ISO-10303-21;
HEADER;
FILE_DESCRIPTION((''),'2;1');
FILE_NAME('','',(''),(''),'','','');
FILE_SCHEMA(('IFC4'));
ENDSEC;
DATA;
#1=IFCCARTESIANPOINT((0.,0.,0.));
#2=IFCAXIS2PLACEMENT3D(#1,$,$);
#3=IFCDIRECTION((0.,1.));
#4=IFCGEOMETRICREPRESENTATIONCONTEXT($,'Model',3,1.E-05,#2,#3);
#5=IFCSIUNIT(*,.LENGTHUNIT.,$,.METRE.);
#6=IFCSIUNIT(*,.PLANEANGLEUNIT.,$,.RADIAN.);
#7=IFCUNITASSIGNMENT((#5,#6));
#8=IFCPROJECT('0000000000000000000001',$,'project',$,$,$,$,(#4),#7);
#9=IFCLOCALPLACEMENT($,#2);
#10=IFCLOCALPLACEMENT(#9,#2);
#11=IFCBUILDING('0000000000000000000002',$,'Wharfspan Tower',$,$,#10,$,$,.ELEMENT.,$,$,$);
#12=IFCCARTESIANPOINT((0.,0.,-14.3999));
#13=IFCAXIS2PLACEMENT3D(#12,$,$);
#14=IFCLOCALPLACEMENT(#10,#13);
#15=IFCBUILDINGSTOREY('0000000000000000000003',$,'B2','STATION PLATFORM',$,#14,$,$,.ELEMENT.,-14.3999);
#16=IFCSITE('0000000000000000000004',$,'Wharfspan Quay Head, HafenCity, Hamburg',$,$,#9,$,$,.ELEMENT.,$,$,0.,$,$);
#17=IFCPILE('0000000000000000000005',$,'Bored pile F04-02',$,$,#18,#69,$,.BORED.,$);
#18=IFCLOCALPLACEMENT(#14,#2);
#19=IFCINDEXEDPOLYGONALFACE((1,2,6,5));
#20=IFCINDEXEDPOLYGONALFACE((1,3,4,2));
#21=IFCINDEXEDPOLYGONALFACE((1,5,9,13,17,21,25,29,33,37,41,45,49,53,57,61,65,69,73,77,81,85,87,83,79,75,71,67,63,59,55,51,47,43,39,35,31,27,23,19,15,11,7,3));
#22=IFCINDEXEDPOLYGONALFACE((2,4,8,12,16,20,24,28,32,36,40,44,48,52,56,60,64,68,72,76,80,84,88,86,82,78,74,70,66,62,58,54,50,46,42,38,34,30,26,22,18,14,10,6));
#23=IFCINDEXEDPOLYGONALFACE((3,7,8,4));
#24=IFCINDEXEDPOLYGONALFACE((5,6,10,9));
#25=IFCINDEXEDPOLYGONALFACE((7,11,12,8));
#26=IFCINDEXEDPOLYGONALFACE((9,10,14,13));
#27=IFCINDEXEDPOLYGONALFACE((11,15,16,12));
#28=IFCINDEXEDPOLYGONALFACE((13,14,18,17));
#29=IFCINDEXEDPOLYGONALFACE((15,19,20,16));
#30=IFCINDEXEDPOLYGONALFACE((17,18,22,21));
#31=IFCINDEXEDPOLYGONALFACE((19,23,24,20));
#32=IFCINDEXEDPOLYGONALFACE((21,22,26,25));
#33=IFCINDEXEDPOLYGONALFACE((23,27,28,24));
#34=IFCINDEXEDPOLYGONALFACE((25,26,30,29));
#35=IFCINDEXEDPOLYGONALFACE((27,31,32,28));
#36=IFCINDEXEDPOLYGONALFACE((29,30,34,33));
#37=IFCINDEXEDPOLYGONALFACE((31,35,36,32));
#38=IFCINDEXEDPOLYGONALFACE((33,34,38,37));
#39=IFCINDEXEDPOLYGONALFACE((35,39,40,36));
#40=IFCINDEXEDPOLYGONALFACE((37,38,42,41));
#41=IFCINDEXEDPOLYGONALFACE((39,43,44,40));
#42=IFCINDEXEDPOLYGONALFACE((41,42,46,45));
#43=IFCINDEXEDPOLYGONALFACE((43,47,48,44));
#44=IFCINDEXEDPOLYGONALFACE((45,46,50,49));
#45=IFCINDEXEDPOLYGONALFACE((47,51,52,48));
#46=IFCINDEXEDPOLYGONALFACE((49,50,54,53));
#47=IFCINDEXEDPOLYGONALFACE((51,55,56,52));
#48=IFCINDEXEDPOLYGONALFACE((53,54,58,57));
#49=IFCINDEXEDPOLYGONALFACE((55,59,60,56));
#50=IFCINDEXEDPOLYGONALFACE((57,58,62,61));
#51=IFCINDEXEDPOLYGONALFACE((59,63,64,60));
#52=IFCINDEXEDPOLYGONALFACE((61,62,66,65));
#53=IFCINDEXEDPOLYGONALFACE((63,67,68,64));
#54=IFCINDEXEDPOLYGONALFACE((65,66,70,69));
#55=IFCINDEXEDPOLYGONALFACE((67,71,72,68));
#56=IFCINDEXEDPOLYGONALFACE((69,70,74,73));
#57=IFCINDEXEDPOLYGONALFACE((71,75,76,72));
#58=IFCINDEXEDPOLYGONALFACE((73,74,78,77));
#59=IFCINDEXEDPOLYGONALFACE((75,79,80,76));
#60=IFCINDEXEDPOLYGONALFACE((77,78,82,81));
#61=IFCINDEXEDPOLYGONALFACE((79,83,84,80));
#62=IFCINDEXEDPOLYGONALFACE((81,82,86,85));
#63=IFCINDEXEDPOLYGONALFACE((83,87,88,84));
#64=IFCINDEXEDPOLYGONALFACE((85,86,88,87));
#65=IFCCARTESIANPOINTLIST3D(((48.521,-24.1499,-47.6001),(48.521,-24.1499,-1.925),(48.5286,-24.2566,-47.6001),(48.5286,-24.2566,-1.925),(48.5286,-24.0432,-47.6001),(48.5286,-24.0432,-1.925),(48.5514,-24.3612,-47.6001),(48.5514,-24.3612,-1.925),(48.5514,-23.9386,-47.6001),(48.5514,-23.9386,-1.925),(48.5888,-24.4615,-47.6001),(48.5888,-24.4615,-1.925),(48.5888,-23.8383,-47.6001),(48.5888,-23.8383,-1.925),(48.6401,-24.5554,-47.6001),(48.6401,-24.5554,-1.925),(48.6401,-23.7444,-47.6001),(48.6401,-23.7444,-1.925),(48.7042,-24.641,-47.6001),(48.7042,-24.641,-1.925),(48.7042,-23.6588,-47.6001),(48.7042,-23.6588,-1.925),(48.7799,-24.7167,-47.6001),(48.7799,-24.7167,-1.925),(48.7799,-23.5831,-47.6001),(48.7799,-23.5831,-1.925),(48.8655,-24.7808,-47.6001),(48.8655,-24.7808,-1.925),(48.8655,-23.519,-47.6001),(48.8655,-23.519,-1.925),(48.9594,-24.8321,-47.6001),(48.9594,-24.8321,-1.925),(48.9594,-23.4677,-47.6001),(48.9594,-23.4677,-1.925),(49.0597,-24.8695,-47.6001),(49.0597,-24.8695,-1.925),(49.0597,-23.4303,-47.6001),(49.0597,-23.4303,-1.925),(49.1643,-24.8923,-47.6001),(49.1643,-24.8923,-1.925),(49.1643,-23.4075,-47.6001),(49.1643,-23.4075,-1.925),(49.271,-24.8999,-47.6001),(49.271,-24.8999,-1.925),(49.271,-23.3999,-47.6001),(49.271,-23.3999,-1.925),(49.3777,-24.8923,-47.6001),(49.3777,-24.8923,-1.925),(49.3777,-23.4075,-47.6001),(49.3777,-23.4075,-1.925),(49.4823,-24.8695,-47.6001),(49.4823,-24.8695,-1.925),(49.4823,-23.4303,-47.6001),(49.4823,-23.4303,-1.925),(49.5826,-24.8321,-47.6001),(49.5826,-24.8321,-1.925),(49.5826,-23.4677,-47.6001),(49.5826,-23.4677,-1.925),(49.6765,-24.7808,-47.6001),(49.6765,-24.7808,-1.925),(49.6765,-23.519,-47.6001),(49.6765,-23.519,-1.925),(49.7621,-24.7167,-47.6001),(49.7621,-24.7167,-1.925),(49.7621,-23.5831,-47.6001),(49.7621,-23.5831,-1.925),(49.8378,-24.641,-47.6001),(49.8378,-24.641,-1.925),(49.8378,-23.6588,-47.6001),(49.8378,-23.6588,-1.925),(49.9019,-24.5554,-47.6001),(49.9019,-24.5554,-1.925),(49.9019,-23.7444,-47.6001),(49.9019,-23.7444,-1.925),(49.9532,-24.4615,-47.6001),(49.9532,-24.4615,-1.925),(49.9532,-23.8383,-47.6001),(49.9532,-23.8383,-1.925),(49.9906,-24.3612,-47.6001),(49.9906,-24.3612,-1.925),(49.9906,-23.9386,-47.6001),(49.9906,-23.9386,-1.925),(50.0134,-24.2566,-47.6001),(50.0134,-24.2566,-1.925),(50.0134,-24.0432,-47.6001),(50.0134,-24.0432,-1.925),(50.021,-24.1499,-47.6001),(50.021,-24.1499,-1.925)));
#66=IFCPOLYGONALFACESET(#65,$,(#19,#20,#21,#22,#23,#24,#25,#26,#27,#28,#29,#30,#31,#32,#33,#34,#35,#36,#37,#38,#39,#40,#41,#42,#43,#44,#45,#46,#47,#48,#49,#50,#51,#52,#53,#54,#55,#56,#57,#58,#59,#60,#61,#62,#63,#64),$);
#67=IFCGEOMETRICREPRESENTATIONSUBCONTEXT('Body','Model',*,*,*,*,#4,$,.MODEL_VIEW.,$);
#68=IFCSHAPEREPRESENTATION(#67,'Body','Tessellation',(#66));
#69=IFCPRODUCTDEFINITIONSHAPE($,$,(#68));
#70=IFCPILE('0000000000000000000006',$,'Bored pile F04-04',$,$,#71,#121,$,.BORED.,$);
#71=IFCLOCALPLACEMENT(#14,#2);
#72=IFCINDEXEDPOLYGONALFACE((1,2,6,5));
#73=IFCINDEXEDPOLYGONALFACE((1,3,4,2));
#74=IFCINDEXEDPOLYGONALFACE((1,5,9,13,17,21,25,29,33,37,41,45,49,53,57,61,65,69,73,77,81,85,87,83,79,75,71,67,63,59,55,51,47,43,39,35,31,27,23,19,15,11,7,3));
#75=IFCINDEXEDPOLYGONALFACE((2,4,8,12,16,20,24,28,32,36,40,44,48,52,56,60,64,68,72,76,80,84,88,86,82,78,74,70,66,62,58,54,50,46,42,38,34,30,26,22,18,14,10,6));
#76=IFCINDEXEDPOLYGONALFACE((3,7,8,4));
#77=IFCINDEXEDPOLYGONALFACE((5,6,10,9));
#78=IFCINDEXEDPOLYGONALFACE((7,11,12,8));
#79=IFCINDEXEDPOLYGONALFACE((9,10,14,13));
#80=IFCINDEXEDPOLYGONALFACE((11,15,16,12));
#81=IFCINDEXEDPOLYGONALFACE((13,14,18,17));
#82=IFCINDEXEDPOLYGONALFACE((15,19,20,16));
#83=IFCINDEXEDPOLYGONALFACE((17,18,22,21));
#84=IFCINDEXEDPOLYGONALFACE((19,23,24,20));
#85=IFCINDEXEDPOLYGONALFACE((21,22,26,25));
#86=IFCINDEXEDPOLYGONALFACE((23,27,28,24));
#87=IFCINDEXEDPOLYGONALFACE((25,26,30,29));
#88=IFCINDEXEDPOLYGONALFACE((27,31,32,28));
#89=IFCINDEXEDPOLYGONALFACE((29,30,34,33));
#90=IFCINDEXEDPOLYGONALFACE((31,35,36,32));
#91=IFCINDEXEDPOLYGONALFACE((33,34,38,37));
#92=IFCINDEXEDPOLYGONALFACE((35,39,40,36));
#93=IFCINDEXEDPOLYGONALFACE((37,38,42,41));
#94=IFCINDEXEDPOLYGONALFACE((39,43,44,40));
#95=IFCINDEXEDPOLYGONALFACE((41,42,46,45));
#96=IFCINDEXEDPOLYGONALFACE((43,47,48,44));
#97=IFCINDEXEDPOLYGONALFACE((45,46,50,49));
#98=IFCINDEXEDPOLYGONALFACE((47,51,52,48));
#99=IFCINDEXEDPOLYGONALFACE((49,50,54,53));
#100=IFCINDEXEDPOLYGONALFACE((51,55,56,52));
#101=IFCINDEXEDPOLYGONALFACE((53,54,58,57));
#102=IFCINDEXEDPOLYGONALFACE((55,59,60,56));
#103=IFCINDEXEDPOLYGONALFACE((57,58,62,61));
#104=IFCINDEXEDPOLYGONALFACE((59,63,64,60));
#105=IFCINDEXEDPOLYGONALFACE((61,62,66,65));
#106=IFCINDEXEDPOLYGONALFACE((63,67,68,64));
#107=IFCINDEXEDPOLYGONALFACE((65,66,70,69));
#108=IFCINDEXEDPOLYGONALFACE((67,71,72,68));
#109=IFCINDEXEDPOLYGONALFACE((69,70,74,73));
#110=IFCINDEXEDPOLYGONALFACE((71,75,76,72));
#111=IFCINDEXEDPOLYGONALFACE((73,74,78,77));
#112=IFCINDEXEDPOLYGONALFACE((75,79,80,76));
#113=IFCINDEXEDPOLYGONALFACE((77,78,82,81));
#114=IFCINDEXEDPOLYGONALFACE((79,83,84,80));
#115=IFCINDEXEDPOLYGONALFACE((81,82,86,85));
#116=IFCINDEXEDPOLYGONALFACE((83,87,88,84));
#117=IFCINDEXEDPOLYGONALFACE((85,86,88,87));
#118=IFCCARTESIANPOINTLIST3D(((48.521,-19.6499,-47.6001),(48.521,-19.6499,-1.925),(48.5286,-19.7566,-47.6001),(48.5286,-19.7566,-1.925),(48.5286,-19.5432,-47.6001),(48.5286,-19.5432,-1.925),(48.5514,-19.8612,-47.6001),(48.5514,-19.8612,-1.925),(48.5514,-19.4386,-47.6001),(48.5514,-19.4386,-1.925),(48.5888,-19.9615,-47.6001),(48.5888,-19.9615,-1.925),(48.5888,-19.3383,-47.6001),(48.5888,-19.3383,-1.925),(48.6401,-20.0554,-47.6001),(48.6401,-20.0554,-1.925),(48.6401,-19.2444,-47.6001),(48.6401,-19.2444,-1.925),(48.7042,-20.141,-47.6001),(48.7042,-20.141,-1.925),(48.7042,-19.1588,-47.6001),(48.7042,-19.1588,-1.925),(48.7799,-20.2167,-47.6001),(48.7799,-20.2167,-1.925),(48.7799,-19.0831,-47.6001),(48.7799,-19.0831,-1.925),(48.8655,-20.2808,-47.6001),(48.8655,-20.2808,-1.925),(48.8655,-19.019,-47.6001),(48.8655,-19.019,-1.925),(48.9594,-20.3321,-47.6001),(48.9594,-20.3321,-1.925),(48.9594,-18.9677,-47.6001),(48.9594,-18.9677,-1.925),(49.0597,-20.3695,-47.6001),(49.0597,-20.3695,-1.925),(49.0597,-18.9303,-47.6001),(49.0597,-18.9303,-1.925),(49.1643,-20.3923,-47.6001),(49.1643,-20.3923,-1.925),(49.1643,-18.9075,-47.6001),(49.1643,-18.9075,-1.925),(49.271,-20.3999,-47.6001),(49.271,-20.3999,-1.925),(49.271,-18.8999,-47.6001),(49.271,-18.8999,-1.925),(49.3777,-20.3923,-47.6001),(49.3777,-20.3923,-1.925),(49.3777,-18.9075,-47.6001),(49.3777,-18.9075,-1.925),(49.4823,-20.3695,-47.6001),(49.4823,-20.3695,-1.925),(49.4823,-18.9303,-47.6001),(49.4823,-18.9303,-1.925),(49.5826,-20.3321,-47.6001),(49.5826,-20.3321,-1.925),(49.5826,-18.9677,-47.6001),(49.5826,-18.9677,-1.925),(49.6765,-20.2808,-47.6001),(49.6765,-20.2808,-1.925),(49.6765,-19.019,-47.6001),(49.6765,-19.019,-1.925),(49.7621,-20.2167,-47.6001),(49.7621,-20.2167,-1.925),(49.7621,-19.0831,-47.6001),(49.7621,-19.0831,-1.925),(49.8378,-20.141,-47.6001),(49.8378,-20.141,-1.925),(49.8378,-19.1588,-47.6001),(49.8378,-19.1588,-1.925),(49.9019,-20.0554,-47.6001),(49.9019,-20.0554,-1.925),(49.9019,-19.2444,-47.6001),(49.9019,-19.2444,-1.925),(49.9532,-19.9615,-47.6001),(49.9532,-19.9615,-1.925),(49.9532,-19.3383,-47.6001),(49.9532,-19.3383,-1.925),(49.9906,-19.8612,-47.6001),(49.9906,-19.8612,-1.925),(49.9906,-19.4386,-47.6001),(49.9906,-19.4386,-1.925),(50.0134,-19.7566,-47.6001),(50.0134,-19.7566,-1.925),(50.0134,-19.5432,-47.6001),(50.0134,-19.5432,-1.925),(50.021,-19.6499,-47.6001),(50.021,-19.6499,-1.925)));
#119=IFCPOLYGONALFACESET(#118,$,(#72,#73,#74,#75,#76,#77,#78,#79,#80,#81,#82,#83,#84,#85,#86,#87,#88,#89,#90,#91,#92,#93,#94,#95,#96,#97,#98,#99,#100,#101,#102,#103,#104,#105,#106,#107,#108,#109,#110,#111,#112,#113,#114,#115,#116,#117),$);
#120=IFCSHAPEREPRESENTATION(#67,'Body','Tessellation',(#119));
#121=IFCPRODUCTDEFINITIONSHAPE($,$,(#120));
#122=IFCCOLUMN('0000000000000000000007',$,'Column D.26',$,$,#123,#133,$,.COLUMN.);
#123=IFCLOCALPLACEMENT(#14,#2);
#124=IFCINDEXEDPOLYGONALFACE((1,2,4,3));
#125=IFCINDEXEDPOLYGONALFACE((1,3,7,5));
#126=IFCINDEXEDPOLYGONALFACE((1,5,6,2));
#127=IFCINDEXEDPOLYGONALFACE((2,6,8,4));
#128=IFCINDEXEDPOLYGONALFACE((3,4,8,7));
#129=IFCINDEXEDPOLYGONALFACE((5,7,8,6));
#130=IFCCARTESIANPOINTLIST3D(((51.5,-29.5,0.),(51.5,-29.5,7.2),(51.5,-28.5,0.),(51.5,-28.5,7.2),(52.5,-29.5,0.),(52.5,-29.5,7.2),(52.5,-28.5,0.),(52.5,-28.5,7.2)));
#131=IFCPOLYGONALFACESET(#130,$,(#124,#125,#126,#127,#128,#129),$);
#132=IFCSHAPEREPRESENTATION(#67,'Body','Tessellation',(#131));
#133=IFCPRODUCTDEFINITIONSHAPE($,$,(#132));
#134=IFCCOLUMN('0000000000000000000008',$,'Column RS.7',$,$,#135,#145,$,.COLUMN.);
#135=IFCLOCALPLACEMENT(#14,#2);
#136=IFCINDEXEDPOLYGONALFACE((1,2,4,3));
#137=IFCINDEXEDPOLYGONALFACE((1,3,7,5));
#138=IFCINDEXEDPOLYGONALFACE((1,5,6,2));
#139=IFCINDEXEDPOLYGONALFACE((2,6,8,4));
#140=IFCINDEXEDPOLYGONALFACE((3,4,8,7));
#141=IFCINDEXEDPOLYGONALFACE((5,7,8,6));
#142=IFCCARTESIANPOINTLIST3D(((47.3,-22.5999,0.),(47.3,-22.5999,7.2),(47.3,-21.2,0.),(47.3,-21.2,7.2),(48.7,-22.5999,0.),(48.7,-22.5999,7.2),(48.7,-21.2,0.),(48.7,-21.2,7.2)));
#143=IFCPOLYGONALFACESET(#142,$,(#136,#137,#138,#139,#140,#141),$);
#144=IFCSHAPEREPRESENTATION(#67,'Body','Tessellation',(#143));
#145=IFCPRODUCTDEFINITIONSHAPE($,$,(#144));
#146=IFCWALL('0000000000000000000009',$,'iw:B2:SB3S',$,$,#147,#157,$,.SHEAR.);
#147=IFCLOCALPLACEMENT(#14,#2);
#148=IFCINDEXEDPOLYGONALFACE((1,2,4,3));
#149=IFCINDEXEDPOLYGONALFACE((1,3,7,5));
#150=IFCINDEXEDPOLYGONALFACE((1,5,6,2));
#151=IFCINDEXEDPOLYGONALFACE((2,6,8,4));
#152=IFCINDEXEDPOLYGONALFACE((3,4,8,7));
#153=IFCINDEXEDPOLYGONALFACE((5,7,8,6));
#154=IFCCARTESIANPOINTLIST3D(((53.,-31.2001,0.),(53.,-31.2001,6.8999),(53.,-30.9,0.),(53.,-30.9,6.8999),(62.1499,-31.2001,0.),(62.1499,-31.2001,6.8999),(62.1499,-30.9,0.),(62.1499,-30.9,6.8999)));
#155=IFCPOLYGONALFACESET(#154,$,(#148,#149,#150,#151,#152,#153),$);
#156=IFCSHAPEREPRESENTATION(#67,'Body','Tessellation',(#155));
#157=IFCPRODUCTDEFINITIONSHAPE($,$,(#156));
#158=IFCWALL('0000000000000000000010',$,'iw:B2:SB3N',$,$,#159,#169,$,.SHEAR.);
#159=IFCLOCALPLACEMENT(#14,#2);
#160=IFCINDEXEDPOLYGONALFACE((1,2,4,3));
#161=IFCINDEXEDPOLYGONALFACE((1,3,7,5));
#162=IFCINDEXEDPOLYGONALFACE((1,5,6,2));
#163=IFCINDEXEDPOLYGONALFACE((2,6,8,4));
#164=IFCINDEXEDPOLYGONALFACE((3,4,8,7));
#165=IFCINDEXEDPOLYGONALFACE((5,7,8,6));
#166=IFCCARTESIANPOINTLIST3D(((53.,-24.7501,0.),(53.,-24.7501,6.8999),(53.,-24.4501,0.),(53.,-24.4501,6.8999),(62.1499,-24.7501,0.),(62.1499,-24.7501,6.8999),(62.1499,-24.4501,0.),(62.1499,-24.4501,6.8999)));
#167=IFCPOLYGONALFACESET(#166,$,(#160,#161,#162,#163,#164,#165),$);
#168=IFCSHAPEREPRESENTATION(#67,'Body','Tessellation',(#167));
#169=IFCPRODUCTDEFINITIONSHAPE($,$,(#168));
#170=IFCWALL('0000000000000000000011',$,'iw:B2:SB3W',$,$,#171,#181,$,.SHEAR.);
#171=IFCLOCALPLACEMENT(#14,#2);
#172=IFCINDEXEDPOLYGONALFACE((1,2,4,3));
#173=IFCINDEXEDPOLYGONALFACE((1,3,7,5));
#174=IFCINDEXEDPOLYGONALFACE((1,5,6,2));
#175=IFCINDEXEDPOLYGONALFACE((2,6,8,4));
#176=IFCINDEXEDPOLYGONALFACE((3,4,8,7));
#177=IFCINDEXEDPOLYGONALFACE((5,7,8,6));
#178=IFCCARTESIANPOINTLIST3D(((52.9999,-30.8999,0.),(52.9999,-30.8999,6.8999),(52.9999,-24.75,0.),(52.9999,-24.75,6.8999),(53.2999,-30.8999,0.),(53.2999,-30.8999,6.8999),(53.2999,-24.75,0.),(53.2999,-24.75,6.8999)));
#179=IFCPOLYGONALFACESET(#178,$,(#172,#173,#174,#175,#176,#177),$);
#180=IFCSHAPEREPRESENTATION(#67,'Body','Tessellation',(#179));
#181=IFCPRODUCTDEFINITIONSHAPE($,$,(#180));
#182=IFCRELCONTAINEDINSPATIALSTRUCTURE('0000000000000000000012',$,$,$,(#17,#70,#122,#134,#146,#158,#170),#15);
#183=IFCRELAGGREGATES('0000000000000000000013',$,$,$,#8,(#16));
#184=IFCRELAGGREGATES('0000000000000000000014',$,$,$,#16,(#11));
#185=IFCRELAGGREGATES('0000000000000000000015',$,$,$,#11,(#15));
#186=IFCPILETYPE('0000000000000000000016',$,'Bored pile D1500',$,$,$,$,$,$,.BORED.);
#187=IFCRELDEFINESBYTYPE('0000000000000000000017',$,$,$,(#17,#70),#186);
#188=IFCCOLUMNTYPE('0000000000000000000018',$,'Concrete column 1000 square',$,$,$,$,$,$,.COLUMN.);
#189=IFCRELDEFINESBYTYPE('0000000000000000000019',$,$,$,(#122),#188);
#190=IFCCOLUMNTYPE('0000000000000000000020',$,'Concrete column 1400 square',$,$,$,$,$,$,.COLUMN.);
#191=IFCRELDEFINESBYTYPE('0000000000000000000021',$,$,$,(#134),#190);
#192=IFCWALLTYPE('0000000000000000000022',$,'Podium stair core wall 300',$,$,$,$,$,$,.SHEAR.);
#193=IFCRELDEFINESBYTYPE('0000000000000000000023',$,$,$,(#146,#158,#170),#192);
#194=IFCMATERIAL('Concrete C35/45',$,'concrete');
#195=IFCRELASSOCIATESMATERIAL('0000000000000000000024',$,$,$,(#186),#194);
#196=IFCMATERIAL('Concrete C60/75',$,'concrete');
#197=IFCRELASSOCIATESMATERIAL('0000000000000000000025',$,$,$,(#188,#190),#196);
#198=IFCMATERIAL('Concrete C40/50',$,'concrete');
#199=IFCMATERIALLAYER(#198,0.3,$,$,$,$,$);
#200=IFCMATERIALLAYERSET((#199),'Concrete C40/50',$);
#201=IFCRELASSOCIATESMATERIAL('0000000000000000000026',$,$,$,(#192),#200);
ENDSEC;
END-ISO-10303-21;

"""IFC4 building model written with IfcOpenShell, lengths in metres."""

from ifc_helpers import new_model, si_unit, direction, frame, frame_2d, origin, origin_2d, place, context, subcontext, project, spatial, rectangle, circle, extrude, material, layer, layer_set, material_profile, profile_set, type_object, element, save


model = new_model("IFC4")

# Units and contexts
model_context = context("Model", 3, precision=1e-05, world=origin(), true_north=direction((0.0, 1.0)))
body_context = subcontext(model_context, "Body", "Model", "MODEL_VIEW")
ifc_project = project(units=[si_unit("LENGTHUNIT", "METRE"), si_unit("PLANEANGLEUNIT", "RADIAN")], contexts=[model_context])

# Site, building, storey
site_placement = place(None, origin())
site = spatial("IfcSite", under=ifc_project, at=site_placement, Name="Wharfspan Quay Head, HafenCity, Hamburg", CompositionType="ELEMENT", RefElevation=0.0)
building_placement = place(site_placement, origin())
building = spatial("IfcBuilding", under=site, at=building_placement, Name="Wharfspan Tower", CompositionType="ELEMENT")
storey_placement = place(building_placement, frame((0.0, 0.0, -14.3999)))
storey = spatial("IfcBuildingStorey", under=building, at=storey_placement, Name="B2", Description="STATION PLATFORM", CompositionType="ELEMENT", Elevation=-14.3999)

# Piles
ifc_material_1 = material(Name="Concrete C35/45", Category="concrete")
ifc_material_profile_1 = material_profile(ifc_material_1, circle(Radius=0.75, at=origin_2d()))
ifc_profile_set_1 = profile_set([ifc_material_profile_1], Name="Concrete C35/45")
pile_type = type_object("IfcPileType", Name="Bored pile D1500", PredefinedType="BORED", material=ifc_profile_set_1)
for number, where, z_axis, x_axis, name in (
    (1, (49.271, -24.1499, -1.925), (0.0, 0.0, -1.0), (1.0, 0.0, 0.0), "Bored pile F04-02"),
    (2, (49.271, -19.6499, -1.925), (0.0, 0.0, -1.0), (1.0, 0.0, 0.0), "Bored pile F04-04"),
):
    element("IfcPile", number, at=place(storey_placement, frame(where, z_axis=z_axis, x_axis=x_axis)), inside=storey, type_object=pile_type, Name=name, PredefinedType="BORED", context=body_context, shape_type="SweptSolid", body=[
        extrude(circle(Radius=0.75, at=origin_2d()), origin(), (0.0, 0.0, 1.0), 45.675),
    ])

# Columns
ifc_material_2 = material(Name="Concrete C60/75", Category="concrete")
ifc_material_profile_2 = material_profile(ifc_material_2, rectangle(XDim=1.0, YDim=1.0, at=origin_2d()))
ifc_profile_set_2 = profile_set([ifc_material_profile_2], Name="Concrete C60/75")
column_type_1 = type_object("IfcColumnType", Name="Concrete column 1000 square", PredefinedType="COLUMN", material=ifc_profile_set_2)
column_1_placement = place(storey_placement, frame((52.0, -29.0, 0.0), z_axis=(0.0, 0.0, 1.0), x_axis=(1.0, 0.0, 0.0)))
element("IfcColumn", 3, at=column_1_placement, inside=storey, type_object=column_type_1, Name="Column D.26", PredefinedType="COLUMN", context=body_context, shape_type="SweptSolid", body=[
    extrude(rectangle(XDim=1.0, YDim=1.0, at=origin_2d()), origin(), (0.0, 0.0, 1.0), 7.2),
])
ifc_material_profile_3 = material_profile(ifc_material_2, rectangle(XDim=1.3999, YDim=1.3999, at=origin_2d()))
ifc_profile_set_3 = profile_set([ifc_material_profile_3], Name="Concrete C60/75")
column_type_2 = type_object("IfcColumnType", Name="Concrete column 1400 square", PredefinedType="COLUMN", material=ifc_profile_set_3)
column_2_placement = place(storey_placement, frame((48.0, -21.8999, 0.0), z_axis=(0.0, 0.0, 1.0), x_axis=(1.0, 0.0, 0.0)))
element("IfcColumn", 4, at=column_2_placement, inside=storey, type_object=column_type_2, Name="Column RS.7", PredefinedType="COLUMN", context=body_context, shape_type="SweptSolid", body=[
    extrude(rectangle(XDim=1.3999, YDim=1.3999, at=origin_2d()), origin(), (0.0, 0.0, 1.0), 7.2),
])

# Walls
ifc_material_3 = material(Name="Concrete C40/50", Category="concrete")
ifc_layer = layer(ifc_material_3, 0.3)
ifc_layer_set = layer_set([ifc_layer], Name="Concrete C40/50")
wall_type = type_object("IfcWallType", Name="Podium stair core wall 300", PredefinedType="SHEAR", material=ifc_layer_set)
for number, where, z_axis, x_axis, name in (
    (5, (53.0, -31.05, 0.0), (0.0, 0.0, 1.0), (1.0, 0.0, 0.0), "iw:B2:SB3S"),
    (6, (53.0, -24.6001, 0.0), (0.0, 0.0, 1.0), (1.0, 0.0, 0.0), "iw:B2:SB3N"),
):
    element("IfcWall", number, at=place(storey_placement, frame(where, z_axis=z_axis, x_axis=x_axis)), inside=storey, type_object=wall_type, Name=name, PredefinedType="SHEAR", context=body_context, shape_type="SweptSolid", body=[
        extrude(rectangle(XDim=9.1499, YDim=0.3, at=frame_2d((4.575, 0.0))), origin(), (0.0, 0.0, 1.0), 6.8999),
    ])
wall_placement = place(storey_placement, frame((53.1499, -30.8999, 0.0), z_axis=(0.0, 0.0, 1.0), x_axis=(0.0, 1.0, 0.0)))
element("IfcWall", 7, at=wall_placement, inside=storey, type_object=wall_type, Name="iw:B2:SB3W", PredefinedType="SHEAR", context=body_context, shape_type="SweptSolid", body=[
    extrude(rectangle(XDim=6.1499, YDim=0.3, at=frame_2d((3.075, 0.0))), origin(), (0.0, 0.0, 1.0), 6.8999),
])

save(model, "model.ifc")
